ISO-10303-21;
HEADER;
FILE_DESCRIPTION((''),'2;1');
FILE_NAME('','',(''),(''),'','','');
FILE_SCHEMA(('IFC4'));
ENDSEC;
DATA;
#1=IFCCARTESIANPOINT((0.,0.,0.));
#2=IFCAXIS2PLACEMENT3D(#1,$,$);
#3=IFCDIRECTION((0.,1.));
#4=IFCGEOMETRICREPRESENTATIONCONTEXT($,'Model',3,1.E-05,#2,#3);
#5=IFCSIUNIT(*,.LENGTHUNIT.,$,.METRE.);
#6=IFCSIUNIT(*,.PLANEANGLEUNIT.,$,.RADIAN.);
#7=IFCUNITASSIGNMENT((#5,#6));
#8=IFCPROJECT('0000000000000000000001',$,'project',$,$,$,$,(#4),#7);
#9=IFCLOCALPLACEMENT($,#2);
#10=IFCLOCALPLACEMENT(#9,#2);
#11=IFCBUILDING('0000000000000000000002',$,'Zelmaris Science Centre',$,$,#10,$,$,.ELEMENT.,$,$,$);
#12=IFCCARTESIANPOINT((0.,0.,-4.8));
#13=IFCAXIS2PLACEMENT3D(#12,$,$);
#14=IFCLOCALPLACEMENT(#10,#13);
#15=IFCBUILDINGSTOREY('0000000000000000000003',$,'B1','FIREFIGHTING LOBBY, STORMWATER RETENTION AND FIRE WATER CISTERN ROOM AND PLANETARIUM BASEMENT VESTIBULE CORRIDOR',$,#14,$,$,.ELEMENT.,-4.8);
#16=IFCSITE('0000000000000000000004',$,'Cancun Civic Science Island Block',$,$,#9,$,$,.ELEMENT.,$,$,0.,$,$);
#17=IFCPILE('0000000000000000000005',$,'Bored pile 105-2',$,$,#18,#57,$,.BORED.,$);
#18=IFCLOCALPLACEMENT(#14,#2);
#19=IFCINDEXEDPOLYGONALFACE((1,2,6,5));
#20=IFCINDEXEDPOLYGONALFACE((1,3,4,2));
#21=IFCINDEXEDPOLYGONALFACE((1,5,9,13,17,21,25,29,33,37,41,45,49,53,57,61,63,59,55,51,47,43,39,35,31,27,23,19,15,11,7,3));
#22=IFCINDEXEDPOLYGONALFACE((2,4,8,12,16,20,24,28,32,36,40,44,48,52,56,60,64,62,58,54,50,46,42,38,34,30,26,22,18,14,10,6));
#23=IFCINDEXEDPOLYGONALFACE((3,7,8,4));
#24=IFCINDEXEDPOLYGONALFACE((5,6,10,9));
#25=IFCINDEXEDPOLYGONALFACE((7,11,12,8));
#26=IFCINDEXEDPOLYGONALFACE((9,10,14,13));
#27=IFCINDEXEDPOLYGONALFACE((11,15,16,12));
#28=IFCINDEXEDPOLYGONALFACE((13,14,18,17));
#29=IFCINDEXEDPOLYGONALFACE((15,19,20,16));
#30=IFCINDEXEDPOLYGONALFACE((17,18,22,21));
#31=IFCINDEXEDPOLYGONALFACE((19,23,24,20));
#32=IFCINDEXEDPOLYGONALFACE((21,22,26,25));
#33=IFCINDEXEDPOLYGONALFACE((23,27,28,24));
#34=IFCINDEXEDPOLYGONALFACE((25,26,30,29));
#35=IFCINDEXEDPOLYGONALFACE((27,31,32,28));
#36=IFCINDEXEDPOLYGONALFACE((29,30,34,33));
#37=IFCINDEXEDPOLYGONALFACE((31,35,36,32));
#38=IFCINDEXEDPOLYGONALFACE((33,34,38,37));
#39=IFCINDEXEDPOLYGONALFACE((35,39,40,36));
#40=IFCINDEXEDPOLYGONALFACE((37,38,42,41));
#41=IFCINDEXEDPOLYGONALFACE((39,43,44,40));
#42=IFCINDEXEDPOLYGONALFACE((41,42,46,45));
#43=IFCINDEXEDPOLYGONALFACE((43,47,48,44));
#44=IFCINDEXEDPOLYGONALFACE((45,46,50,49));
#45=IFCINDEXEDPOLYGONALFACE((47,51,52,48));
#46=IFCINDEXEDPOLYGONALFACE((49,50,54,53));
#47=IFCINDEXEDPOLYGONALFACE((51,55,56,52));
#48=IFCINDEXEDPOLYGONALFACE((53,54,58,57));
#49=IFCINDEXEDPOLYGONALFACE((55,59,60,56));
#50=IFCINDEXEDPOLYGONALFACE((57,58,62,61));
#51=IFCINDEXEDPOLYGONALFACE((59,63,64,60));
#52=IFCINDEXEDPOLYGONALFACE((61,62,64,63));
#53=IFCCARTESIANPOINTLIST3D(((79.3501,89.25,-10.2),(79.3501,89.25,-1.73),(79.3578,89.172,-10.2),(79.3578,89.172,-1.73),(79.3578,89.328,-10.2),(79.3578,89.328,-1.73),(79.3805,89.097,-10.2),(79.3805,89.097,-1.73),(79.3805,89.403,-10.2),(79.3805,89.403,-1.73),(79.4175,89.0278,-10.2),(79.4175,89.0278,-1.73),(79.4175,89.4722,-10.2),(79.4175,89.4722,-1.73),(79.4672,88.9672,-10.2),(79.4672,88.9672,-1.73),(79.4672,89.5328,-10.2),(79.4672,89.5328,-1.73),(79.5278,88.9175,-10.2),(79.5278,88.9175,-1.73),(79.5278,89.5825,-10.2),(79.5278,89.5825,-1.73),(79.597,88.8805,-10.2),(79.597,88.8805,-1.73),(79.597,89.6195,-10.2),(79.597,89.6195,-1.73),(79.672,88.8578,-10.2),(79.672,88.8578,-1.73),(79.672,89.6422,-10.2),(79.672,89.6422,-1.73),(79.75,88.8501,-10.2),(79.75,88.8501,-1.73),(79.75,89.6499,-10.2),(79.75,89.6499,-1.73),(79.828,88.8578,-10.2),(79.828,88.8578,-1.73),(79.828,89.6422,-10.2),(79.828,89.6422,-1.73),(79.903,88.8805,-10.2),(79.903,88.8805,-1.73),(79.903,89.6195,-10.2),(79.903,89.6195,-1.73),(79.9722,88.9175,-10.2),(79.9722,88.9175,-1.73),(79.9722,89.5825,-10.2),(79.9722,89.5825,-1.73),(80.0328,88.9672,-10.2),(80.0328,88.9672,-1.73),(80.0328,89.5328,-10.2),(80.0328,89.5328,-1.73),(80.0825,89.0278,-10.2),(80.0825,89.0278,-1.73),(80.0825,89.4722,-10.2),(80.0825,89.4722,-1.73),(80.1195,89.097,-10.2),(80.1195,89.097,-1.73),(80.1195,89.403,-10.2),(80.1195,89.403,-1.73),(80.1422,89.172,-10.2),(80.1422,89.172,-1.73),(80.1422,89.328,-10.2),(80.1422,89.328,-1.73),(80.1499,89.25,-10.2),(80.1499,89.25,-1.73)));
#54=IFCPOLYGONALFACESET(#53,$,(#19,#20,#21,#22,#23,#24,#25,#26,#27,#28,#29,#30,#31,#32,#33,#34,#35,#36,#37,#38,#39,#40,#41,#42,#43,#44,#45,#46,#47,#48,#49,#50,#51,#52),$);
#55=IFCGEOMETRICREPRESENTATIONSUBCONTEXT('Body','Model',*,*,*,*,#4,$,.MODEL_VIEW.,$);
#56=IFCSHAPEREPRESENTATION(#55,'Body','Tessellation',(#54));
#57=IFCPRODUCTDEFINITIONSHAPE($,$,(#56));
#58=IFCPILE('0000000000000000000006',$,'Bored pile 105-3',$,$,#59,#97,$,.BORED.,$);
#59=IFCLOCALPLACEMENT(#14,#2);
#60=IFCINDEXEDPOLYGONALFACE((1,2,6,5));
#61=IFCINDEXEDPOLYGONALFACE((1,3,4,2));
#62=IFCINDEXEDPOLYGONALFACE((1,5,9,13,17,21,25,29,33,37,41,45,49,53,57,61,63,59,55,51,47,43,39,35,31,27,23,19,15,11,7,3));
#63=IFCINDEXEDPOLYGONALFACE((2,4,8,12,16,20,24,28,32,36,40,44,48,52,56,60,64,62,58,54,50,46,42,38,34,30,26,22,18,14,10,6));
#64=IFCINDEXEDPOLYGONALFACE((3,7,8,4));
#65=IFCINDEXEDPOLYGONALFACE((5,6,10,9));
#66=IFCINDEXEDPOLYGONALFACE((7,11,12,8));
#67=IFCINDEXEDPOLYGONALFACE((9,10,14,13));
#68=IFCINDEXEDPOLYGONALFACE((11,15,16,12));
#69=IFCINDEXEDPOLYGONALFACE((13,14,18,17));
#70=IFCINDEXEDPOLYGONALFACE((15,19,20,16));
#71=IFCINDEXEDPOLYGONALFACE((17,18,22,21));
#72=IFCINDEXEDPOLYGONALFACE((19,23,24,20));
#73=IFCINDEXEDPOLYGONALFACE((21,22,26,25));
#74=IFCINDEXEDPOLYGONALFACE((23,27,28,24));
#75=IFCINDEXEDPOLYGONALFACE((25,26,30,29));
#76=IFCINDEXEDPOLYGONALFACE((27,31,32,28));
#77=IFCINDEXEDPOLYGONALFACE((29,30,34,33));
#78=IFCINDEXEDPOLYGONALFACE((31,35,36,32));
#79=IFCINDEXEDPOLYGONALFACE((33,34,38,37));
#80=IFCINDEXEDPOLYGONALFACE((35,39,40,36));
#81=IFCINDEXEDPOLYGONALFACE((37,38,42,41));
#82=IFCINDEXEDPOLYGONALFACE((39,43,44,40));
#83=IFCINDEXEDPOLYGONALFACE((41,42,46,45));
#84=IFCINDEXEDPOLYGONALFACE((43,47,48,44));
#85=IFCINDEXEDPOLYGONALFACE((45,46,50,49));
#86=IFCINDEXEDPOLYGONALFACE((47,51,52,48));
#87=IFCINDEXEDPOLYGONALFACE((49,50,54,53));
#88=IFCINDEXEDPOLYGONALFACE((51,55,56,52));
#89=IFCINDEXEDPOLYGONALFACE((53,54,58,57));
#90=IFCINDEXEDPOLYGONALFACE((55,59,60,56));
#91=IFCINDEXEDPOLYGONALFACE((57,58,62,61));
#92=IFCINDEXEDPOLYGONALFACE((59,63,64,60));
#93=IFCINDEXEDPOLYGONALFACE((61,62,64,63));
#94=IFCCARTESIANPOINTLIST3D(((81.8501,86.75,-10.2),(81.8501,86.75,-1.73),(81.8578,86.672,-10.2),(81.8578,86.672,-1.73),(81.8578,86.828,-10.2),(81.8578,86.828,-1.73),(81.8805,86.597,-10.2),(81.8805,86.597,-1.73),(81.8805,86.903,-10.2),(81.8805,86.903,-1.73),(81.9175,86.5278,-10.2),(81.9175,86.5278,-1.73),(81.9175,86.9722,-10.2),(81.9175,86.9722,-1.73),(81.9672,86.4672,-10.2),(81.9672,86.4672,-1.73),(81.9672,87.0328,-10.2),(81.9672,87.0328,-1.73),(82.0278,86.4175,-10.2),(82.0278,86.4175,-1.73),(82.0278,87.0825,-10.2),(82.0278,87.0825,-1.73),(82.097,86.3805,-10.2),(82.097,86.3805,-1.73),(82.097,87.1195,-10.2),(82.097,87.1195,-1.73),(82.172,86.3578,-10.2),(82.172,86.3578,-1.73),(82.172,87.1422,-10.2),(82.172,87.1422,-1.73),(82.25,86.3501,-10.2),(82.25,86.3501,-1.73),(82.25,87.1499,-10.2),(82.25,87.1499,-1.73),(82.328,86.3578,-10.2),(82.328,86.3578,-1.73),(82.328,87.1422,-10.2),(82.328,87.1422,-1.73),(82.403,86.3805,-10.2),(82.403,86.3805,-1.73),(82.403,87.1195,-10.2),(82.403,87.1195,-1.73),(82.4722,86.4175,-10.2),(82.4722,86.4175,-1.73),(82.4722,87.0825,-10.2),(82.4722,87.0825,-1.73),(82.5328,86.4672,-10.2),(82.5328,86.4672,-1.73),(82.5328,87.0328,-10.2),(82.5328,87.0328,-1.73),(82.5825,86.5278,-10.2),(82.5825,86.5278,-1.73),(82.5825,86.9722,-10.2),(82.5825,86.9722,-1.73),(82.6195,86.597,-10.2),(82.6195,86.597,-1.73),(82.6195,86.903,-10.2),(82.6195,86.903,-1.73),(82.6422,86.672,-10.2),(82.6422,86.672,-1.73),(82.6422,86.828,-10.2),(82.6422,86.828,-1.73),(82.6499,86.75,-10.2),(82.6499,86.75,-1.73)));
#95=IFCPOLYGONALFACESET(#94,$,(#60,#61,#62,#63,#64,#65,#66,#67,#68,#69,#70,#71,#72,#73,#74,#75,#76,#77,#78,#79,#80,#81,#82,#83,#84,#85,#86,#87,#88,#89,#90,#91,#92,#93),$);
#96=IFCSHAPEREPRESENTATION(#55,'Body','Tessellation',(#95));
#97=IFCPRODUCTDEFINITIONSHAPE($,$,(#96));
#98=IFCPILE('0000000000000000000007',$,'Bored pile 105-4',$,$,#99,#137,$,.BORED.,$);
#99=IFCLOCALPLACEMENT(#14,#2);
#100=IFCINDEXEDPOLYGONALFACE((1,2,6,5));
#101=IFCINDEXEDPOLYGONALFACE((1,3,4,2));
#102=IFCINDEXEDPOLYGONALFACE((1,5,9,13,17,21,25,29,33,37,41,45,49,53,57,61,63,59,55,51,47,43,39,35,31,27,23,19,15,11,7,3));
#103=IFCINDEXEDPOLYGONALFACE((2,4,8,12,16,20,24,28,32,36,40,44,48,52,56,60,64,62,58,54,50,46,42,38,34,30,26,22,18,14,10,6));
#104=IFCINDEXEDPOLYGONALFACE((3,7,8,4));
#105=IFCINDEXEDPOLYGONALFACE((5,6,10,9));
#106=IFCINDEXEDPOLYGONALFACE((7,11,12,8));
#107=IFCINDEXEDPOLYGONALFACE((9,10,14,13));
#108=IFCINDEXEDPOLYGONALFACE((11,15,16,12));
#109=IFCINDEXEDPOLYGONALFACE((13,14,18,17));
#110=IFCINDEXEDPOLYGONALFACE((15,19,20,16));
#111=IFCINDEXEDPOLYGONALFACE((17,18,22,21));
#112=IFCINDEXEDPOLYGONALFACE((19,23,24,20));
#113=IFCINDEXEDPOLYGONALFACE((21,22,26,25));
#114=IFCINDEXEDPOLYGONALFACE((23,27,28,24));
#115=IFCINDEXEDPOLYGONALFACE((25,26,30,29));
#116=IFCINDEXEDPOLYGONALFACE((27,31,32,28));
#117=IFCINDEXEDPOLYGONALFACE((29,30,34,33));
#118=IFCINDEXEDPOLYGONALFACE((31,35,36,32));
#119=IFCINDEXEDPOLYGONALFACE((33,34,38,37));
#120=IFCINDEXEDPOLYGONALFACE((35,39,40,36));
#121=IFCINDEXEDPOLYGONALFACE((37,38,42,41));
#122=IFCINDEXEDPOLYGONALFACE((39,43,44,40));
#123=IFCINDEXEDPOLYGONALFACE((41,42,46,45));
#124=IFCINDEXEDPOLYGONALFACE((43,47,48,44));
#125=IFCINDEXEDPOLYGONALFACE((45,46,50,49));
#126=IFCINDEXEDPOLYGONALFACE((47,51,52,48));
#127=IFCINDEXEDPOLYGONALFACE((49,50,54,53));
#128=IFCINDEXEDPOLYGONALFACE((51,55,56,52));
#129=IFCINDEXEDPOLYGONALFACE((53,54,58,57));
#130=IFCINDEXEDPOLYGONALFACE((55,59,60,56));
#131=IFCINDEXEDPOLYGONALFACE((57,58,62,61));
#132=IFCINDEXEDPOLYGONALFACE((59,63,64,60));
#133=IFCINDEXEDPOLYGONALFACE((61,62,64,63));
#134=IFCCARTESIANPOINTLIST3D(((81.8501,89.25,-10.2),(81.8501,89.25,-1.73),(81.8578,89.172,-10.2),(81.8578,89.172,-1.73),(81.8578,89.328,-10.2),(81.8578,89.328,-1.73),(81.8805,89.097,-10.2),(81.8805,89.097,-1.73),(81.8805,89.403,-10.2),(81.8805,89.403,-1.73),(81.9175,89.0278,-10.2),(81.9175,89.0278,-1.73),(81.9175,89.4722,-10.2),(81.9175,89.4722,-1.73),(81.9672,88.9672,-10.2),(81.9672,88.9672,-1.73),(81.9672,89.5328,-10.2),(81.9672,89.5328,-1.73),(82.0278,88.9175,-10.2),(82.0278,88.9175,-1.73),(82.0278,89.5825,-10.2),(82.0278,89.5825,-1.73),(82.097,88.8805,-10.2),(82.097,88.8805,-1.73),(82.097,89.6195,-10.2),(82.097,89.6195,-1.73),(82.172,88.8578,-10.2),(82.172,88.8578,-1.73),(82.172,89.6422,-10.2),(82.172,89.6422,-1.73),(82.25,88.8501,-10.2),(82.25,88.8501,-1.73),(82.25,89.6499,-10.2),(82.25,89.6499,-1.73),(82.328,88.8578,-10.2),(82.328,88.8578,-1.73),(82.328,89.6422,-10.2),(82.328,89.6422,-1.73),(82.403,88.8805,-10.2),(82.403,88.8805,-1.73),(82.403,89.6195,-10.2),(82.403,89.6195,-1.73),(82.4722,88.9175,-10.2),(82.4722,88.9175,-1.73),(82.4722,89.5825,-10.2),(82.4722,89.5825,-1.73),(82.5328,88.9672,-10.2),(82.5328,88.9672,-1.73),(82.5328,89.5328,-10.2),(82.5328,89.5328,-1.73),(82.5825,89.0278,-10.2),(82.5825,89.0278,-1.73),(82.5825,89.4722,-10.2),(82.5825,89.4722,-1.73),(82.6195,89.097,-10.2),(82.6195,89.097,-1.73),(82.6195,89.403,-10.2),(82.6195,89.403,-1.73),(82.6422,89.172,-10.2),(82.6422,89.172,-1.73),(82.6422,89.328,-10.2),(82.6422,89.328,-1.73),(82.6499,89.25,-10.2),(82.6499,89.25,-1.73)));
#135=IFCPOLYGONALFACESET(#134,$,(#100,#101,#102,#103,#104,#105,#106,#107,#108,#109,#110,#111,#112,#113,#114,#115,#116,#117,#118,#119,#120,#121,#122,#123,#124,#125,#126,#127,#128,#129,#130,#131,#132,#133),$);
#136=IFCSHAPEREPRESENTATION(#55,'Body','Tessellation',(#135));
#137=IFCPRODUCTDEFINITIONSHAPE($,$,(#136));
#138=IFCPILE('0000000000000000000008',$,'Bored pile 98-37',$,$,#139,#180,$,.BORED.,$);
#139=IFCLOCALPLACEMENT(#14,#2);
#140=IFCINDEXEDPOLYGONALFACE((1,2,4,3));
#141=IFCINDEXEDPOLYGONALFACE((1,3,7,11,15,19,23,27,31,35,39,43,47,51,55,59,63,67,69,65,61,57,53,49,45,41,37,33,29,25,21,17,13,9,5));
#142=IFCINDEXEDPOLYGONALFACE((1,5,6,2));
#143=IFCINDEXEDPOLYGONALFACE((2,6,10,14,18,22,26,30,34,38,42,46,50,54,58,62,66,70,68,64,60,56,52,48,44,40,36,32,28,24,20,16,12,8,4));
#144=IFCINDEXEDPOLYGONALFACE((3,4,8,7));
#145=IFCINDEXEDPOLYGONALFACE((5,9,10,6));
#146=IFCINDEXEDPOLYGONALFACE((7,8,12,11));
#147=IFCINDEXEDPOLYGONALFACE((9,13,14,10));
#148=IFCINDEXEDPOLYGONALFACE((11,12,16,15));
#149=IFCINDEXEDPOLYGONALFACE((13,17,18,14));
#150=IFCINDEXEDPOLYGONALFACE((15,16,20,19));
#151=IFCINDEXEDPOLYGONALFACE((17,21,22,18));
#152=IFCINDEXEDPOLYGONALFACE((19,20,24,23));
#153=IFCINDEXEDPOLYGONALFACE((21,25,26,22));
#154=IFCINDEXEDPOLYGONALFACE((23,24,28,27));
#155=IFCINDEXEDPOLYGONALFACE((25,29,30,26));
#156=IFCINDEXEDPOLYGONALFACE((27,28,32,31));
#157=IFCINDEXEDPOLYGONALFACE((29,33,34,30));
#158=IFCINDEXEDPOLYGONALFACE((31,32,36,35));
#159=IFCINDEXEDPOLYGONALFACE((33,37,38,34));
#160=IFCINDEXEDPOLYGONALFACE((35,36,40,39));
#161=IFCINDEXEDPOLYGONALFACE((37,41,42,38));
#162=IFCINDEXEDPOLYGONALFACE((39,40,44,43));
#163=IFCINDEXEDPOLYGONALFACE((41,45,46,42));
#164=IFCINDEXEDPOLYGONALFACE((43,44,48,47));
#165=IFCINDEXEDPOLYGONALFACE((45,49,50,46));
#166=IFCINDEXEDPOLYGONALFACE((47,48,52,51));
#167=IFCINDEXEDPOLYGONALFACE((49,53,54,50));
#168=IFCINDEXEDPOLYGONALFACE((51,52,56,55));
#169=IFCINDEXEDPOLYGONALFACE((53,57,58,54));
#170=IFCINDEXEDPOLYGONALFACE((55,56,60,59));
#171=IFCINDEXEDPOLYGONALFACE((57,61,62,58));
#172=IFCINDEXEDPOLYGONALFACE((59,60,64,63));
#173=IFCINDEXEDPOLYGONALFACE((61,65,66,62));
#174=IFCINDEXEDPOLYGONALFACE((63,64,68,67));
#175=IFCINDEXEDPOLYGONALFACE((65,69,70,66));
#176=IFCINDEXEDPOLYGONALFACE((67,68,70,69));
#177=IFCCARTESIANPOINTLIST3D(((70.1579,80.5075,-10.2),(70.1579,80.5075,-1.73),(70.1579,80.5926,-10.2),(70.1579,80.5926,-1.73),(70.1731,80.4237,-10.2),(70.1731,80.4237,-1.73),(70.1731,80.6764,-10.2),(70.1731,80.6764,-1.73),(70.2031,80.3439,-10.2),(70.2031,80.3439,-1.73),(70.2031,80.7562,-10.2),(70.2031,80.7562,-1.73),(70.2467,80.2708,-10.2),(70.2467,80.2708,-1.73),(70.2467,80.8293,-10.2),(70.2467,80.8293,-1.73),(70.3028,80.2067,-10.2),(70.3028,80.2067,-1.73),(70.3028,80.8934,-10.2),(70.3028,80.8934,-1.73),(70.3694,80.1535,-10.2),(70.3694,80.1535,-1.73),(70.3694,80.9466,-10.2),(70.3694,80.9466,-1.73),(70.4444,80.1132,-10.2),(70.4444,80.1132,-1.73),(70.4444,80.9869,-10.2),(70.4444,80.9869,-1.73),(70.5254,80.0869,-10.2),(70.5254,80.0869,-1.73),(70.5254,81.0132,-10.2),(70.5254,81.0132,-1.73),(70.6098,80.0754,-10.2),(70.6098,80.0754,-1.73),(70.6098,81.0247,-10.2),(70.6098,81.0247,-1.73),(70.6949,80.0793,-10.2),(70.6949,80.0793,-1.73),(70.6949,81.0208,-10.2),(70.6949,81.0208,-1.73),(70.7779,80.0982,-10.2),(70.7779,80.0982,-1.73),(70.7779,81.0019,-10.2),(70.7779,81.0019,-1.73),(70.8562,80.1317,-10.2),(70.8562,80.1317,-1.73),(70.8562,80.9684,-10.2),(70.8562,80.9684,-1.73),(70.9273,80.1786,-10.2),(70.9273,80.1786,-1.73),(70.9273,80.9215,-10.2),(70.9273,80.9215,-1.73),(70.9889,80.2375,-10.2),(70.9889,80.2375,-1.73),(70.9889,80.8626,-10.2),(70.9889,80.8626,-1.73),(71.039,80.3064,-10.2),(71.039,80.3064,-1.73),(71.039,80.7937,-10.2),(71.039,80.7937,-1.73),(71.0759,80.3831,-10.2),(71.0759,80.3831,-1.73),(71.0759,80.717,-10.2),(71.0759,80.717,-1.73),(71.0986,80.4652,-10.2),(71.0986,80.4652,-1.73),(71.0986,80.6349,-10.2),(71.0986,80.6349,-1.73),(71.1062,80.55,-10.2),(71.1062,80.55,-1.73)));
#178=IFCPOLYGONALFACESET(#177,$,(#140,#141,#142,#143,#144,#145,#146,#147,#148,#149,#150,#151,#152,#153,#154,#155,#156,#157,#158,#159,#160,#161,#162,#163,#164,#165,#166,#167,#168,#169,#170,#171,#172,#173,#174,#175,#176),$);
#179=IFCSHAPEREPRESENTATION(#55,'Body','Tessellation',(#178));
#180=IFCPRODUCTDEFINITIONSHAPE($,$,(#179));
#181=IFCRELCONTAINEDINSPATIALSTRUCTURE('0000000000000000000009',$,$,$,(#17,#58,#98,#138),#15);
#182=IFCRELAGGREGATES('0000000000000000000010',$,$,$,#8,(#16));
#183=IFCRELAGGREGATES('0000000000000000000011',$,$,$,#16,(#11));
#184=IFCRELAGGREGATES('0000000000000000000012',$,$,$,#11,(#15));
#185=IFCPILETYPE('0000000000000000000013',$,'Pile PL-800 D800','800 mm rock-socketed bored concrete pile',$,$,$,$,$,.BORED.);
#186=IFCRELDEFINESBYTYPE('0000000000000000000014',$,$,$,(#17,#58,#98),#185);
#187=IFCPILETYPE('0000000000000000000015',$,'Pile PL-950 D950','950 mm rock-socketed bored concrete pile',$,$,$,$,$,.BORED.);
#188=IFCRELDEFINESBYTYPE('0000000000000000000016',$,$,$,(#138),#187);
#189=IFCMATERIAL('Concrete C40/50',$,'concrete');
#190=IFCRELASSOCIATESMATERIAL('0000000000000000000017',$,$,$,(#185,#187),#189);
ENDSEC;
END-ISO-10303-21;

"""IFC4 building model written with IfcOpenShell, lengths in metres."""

from ifc_helpers import new_model, si_unit, direction, frame, origin, origin_2d, place, context, subcontext, project, spatial, circle, extrude, material, material_profile, profile_set, type_object, element, save


model = new_model("IFC4")

# Units and contexts
model_context = context("Model", 3, precision=1e-05, world=origin(), true_north=direction((0.0, 1.0)))
body_context = subcontext(model_context, "Body", "Model", "MODEL_VIEW")
ifc_project = project(units=[si_unit("LENGTHUNIT", "METRE"), si_unit("PLANEANGLEUNIT", "RADIAN")], contexts=[model_context])

# Site, building, storey
site_placement = place(None, origin())
site = spatial("IfcSite", under=ifc_project, at=site_placement, Name="Cancun Civic Science Island Block", CompositionType="ELEMENT", RefElevation=0.0)
building_placement = place(site_placement, origin())
building = spatial("IfcBuilding", under=site, at=building_placement, Name="Zelmaris Science Centre", CompositionType="ELEMENT")
storey_placement = place(building_placement, frame((0.0, 0.0, -4.8)))
storey = spatial("IfcBuildingStorey", under=building, at=storey_placement, Name="B1", Description="FIREFIGHTING LOBBY, STORMWATER RETENTION AND FIRE WATER CISTERN ROOM AND PLANETARIUM BASEMENT VESTIBULE CORRIDOR", CompositionType="ELEMENT", Elevation=-4.8)

# Shared definitions
ifc_material_1 = material(Name="Concrete C40/50", Category="concrete")

# Piles
ifc_material_profile_1 = material_profile(ifc_material_1, circle(Radius=0.3999, at=origin_2d()), Name="PILE-800")
ifc_profile_set_1 = profile_set([ifc_material_profile_1], Name="Concrete C40/50")
pile_type_1 = type_object("IfcPileType", Name="Pile PL-800 D800", Description="800 mm rock-socketed bored concrete pile", PredefinedType="BORED", material=ifc_profile_set_1)
for number, where, z_axis, x_axis, name in (
    (1, (79.75, 89.25, -1.73), (0.0, 0.0, -1.0), (1.0, 0.0, 0.0), "Bored pile 105-2"),
    (2, (82.25, 86.75, -1.73), (0.0, 0.0, -1.0), (1.0, 0.0, 0.0), "Bored pile 105-3"),
    (3, (82.25, 89.25, -1.73), (0.0, 0.0, -1.0), (1.0, 0.0, 0.0), "Bored pile 105-4"),
):
    element("IfcPile", number, at=place(storey_placement, frame(where, z_axis=z_axis, x_axis=x_axis)), inside=storey, type_object=pile_type_1, Name=name, PredefinedType="BORED", context=body_context, shape_type="SweptSolid", body=[
        extrude(circle(Radius=0.3999, at=origin_2d()), origin(), (0.0, 0.0, 1.0), 8.47),
    ])
ifc_material_profile_2 = material_profile(ifc_material_1, circle(Radius=0.4751, at=origin_2d()), Name="PILE-950")
ifc_profile_set_2 = profile_set([ifc_material_profile_2], Name="Concrete C40/50")
pile_type_2 = type_object("IfcPileType", Name="Pile PL-950 D950", Description="950 mm rock-socketed bored concrete pile", PredefinedType="BORED", material=ifc_profile_set_2)
for number, where, z_axis, x_axis, name in (
    (4, (70.6311, 80.55, -1.73), (0.0, 0.0, -1.0), (1.0, 0.0, 0.0), "Bored pile 98-37"),
):
    element("IfcPile", number, at=place(storey_placement, frame(where, z_axis=z_axis, x_axis=x_axis)), inside=storey, type_object=pile_type_2, Name=name, PredefinedType="BORED", context=body_context, shape_type="SweptSolid", body=[
        extrude(circle(Radius=0.4751, at=origin_2d()), origin(), (0.0, 0.0, 1.0), 8.47),
    ])

save(model, "model.ifc")
